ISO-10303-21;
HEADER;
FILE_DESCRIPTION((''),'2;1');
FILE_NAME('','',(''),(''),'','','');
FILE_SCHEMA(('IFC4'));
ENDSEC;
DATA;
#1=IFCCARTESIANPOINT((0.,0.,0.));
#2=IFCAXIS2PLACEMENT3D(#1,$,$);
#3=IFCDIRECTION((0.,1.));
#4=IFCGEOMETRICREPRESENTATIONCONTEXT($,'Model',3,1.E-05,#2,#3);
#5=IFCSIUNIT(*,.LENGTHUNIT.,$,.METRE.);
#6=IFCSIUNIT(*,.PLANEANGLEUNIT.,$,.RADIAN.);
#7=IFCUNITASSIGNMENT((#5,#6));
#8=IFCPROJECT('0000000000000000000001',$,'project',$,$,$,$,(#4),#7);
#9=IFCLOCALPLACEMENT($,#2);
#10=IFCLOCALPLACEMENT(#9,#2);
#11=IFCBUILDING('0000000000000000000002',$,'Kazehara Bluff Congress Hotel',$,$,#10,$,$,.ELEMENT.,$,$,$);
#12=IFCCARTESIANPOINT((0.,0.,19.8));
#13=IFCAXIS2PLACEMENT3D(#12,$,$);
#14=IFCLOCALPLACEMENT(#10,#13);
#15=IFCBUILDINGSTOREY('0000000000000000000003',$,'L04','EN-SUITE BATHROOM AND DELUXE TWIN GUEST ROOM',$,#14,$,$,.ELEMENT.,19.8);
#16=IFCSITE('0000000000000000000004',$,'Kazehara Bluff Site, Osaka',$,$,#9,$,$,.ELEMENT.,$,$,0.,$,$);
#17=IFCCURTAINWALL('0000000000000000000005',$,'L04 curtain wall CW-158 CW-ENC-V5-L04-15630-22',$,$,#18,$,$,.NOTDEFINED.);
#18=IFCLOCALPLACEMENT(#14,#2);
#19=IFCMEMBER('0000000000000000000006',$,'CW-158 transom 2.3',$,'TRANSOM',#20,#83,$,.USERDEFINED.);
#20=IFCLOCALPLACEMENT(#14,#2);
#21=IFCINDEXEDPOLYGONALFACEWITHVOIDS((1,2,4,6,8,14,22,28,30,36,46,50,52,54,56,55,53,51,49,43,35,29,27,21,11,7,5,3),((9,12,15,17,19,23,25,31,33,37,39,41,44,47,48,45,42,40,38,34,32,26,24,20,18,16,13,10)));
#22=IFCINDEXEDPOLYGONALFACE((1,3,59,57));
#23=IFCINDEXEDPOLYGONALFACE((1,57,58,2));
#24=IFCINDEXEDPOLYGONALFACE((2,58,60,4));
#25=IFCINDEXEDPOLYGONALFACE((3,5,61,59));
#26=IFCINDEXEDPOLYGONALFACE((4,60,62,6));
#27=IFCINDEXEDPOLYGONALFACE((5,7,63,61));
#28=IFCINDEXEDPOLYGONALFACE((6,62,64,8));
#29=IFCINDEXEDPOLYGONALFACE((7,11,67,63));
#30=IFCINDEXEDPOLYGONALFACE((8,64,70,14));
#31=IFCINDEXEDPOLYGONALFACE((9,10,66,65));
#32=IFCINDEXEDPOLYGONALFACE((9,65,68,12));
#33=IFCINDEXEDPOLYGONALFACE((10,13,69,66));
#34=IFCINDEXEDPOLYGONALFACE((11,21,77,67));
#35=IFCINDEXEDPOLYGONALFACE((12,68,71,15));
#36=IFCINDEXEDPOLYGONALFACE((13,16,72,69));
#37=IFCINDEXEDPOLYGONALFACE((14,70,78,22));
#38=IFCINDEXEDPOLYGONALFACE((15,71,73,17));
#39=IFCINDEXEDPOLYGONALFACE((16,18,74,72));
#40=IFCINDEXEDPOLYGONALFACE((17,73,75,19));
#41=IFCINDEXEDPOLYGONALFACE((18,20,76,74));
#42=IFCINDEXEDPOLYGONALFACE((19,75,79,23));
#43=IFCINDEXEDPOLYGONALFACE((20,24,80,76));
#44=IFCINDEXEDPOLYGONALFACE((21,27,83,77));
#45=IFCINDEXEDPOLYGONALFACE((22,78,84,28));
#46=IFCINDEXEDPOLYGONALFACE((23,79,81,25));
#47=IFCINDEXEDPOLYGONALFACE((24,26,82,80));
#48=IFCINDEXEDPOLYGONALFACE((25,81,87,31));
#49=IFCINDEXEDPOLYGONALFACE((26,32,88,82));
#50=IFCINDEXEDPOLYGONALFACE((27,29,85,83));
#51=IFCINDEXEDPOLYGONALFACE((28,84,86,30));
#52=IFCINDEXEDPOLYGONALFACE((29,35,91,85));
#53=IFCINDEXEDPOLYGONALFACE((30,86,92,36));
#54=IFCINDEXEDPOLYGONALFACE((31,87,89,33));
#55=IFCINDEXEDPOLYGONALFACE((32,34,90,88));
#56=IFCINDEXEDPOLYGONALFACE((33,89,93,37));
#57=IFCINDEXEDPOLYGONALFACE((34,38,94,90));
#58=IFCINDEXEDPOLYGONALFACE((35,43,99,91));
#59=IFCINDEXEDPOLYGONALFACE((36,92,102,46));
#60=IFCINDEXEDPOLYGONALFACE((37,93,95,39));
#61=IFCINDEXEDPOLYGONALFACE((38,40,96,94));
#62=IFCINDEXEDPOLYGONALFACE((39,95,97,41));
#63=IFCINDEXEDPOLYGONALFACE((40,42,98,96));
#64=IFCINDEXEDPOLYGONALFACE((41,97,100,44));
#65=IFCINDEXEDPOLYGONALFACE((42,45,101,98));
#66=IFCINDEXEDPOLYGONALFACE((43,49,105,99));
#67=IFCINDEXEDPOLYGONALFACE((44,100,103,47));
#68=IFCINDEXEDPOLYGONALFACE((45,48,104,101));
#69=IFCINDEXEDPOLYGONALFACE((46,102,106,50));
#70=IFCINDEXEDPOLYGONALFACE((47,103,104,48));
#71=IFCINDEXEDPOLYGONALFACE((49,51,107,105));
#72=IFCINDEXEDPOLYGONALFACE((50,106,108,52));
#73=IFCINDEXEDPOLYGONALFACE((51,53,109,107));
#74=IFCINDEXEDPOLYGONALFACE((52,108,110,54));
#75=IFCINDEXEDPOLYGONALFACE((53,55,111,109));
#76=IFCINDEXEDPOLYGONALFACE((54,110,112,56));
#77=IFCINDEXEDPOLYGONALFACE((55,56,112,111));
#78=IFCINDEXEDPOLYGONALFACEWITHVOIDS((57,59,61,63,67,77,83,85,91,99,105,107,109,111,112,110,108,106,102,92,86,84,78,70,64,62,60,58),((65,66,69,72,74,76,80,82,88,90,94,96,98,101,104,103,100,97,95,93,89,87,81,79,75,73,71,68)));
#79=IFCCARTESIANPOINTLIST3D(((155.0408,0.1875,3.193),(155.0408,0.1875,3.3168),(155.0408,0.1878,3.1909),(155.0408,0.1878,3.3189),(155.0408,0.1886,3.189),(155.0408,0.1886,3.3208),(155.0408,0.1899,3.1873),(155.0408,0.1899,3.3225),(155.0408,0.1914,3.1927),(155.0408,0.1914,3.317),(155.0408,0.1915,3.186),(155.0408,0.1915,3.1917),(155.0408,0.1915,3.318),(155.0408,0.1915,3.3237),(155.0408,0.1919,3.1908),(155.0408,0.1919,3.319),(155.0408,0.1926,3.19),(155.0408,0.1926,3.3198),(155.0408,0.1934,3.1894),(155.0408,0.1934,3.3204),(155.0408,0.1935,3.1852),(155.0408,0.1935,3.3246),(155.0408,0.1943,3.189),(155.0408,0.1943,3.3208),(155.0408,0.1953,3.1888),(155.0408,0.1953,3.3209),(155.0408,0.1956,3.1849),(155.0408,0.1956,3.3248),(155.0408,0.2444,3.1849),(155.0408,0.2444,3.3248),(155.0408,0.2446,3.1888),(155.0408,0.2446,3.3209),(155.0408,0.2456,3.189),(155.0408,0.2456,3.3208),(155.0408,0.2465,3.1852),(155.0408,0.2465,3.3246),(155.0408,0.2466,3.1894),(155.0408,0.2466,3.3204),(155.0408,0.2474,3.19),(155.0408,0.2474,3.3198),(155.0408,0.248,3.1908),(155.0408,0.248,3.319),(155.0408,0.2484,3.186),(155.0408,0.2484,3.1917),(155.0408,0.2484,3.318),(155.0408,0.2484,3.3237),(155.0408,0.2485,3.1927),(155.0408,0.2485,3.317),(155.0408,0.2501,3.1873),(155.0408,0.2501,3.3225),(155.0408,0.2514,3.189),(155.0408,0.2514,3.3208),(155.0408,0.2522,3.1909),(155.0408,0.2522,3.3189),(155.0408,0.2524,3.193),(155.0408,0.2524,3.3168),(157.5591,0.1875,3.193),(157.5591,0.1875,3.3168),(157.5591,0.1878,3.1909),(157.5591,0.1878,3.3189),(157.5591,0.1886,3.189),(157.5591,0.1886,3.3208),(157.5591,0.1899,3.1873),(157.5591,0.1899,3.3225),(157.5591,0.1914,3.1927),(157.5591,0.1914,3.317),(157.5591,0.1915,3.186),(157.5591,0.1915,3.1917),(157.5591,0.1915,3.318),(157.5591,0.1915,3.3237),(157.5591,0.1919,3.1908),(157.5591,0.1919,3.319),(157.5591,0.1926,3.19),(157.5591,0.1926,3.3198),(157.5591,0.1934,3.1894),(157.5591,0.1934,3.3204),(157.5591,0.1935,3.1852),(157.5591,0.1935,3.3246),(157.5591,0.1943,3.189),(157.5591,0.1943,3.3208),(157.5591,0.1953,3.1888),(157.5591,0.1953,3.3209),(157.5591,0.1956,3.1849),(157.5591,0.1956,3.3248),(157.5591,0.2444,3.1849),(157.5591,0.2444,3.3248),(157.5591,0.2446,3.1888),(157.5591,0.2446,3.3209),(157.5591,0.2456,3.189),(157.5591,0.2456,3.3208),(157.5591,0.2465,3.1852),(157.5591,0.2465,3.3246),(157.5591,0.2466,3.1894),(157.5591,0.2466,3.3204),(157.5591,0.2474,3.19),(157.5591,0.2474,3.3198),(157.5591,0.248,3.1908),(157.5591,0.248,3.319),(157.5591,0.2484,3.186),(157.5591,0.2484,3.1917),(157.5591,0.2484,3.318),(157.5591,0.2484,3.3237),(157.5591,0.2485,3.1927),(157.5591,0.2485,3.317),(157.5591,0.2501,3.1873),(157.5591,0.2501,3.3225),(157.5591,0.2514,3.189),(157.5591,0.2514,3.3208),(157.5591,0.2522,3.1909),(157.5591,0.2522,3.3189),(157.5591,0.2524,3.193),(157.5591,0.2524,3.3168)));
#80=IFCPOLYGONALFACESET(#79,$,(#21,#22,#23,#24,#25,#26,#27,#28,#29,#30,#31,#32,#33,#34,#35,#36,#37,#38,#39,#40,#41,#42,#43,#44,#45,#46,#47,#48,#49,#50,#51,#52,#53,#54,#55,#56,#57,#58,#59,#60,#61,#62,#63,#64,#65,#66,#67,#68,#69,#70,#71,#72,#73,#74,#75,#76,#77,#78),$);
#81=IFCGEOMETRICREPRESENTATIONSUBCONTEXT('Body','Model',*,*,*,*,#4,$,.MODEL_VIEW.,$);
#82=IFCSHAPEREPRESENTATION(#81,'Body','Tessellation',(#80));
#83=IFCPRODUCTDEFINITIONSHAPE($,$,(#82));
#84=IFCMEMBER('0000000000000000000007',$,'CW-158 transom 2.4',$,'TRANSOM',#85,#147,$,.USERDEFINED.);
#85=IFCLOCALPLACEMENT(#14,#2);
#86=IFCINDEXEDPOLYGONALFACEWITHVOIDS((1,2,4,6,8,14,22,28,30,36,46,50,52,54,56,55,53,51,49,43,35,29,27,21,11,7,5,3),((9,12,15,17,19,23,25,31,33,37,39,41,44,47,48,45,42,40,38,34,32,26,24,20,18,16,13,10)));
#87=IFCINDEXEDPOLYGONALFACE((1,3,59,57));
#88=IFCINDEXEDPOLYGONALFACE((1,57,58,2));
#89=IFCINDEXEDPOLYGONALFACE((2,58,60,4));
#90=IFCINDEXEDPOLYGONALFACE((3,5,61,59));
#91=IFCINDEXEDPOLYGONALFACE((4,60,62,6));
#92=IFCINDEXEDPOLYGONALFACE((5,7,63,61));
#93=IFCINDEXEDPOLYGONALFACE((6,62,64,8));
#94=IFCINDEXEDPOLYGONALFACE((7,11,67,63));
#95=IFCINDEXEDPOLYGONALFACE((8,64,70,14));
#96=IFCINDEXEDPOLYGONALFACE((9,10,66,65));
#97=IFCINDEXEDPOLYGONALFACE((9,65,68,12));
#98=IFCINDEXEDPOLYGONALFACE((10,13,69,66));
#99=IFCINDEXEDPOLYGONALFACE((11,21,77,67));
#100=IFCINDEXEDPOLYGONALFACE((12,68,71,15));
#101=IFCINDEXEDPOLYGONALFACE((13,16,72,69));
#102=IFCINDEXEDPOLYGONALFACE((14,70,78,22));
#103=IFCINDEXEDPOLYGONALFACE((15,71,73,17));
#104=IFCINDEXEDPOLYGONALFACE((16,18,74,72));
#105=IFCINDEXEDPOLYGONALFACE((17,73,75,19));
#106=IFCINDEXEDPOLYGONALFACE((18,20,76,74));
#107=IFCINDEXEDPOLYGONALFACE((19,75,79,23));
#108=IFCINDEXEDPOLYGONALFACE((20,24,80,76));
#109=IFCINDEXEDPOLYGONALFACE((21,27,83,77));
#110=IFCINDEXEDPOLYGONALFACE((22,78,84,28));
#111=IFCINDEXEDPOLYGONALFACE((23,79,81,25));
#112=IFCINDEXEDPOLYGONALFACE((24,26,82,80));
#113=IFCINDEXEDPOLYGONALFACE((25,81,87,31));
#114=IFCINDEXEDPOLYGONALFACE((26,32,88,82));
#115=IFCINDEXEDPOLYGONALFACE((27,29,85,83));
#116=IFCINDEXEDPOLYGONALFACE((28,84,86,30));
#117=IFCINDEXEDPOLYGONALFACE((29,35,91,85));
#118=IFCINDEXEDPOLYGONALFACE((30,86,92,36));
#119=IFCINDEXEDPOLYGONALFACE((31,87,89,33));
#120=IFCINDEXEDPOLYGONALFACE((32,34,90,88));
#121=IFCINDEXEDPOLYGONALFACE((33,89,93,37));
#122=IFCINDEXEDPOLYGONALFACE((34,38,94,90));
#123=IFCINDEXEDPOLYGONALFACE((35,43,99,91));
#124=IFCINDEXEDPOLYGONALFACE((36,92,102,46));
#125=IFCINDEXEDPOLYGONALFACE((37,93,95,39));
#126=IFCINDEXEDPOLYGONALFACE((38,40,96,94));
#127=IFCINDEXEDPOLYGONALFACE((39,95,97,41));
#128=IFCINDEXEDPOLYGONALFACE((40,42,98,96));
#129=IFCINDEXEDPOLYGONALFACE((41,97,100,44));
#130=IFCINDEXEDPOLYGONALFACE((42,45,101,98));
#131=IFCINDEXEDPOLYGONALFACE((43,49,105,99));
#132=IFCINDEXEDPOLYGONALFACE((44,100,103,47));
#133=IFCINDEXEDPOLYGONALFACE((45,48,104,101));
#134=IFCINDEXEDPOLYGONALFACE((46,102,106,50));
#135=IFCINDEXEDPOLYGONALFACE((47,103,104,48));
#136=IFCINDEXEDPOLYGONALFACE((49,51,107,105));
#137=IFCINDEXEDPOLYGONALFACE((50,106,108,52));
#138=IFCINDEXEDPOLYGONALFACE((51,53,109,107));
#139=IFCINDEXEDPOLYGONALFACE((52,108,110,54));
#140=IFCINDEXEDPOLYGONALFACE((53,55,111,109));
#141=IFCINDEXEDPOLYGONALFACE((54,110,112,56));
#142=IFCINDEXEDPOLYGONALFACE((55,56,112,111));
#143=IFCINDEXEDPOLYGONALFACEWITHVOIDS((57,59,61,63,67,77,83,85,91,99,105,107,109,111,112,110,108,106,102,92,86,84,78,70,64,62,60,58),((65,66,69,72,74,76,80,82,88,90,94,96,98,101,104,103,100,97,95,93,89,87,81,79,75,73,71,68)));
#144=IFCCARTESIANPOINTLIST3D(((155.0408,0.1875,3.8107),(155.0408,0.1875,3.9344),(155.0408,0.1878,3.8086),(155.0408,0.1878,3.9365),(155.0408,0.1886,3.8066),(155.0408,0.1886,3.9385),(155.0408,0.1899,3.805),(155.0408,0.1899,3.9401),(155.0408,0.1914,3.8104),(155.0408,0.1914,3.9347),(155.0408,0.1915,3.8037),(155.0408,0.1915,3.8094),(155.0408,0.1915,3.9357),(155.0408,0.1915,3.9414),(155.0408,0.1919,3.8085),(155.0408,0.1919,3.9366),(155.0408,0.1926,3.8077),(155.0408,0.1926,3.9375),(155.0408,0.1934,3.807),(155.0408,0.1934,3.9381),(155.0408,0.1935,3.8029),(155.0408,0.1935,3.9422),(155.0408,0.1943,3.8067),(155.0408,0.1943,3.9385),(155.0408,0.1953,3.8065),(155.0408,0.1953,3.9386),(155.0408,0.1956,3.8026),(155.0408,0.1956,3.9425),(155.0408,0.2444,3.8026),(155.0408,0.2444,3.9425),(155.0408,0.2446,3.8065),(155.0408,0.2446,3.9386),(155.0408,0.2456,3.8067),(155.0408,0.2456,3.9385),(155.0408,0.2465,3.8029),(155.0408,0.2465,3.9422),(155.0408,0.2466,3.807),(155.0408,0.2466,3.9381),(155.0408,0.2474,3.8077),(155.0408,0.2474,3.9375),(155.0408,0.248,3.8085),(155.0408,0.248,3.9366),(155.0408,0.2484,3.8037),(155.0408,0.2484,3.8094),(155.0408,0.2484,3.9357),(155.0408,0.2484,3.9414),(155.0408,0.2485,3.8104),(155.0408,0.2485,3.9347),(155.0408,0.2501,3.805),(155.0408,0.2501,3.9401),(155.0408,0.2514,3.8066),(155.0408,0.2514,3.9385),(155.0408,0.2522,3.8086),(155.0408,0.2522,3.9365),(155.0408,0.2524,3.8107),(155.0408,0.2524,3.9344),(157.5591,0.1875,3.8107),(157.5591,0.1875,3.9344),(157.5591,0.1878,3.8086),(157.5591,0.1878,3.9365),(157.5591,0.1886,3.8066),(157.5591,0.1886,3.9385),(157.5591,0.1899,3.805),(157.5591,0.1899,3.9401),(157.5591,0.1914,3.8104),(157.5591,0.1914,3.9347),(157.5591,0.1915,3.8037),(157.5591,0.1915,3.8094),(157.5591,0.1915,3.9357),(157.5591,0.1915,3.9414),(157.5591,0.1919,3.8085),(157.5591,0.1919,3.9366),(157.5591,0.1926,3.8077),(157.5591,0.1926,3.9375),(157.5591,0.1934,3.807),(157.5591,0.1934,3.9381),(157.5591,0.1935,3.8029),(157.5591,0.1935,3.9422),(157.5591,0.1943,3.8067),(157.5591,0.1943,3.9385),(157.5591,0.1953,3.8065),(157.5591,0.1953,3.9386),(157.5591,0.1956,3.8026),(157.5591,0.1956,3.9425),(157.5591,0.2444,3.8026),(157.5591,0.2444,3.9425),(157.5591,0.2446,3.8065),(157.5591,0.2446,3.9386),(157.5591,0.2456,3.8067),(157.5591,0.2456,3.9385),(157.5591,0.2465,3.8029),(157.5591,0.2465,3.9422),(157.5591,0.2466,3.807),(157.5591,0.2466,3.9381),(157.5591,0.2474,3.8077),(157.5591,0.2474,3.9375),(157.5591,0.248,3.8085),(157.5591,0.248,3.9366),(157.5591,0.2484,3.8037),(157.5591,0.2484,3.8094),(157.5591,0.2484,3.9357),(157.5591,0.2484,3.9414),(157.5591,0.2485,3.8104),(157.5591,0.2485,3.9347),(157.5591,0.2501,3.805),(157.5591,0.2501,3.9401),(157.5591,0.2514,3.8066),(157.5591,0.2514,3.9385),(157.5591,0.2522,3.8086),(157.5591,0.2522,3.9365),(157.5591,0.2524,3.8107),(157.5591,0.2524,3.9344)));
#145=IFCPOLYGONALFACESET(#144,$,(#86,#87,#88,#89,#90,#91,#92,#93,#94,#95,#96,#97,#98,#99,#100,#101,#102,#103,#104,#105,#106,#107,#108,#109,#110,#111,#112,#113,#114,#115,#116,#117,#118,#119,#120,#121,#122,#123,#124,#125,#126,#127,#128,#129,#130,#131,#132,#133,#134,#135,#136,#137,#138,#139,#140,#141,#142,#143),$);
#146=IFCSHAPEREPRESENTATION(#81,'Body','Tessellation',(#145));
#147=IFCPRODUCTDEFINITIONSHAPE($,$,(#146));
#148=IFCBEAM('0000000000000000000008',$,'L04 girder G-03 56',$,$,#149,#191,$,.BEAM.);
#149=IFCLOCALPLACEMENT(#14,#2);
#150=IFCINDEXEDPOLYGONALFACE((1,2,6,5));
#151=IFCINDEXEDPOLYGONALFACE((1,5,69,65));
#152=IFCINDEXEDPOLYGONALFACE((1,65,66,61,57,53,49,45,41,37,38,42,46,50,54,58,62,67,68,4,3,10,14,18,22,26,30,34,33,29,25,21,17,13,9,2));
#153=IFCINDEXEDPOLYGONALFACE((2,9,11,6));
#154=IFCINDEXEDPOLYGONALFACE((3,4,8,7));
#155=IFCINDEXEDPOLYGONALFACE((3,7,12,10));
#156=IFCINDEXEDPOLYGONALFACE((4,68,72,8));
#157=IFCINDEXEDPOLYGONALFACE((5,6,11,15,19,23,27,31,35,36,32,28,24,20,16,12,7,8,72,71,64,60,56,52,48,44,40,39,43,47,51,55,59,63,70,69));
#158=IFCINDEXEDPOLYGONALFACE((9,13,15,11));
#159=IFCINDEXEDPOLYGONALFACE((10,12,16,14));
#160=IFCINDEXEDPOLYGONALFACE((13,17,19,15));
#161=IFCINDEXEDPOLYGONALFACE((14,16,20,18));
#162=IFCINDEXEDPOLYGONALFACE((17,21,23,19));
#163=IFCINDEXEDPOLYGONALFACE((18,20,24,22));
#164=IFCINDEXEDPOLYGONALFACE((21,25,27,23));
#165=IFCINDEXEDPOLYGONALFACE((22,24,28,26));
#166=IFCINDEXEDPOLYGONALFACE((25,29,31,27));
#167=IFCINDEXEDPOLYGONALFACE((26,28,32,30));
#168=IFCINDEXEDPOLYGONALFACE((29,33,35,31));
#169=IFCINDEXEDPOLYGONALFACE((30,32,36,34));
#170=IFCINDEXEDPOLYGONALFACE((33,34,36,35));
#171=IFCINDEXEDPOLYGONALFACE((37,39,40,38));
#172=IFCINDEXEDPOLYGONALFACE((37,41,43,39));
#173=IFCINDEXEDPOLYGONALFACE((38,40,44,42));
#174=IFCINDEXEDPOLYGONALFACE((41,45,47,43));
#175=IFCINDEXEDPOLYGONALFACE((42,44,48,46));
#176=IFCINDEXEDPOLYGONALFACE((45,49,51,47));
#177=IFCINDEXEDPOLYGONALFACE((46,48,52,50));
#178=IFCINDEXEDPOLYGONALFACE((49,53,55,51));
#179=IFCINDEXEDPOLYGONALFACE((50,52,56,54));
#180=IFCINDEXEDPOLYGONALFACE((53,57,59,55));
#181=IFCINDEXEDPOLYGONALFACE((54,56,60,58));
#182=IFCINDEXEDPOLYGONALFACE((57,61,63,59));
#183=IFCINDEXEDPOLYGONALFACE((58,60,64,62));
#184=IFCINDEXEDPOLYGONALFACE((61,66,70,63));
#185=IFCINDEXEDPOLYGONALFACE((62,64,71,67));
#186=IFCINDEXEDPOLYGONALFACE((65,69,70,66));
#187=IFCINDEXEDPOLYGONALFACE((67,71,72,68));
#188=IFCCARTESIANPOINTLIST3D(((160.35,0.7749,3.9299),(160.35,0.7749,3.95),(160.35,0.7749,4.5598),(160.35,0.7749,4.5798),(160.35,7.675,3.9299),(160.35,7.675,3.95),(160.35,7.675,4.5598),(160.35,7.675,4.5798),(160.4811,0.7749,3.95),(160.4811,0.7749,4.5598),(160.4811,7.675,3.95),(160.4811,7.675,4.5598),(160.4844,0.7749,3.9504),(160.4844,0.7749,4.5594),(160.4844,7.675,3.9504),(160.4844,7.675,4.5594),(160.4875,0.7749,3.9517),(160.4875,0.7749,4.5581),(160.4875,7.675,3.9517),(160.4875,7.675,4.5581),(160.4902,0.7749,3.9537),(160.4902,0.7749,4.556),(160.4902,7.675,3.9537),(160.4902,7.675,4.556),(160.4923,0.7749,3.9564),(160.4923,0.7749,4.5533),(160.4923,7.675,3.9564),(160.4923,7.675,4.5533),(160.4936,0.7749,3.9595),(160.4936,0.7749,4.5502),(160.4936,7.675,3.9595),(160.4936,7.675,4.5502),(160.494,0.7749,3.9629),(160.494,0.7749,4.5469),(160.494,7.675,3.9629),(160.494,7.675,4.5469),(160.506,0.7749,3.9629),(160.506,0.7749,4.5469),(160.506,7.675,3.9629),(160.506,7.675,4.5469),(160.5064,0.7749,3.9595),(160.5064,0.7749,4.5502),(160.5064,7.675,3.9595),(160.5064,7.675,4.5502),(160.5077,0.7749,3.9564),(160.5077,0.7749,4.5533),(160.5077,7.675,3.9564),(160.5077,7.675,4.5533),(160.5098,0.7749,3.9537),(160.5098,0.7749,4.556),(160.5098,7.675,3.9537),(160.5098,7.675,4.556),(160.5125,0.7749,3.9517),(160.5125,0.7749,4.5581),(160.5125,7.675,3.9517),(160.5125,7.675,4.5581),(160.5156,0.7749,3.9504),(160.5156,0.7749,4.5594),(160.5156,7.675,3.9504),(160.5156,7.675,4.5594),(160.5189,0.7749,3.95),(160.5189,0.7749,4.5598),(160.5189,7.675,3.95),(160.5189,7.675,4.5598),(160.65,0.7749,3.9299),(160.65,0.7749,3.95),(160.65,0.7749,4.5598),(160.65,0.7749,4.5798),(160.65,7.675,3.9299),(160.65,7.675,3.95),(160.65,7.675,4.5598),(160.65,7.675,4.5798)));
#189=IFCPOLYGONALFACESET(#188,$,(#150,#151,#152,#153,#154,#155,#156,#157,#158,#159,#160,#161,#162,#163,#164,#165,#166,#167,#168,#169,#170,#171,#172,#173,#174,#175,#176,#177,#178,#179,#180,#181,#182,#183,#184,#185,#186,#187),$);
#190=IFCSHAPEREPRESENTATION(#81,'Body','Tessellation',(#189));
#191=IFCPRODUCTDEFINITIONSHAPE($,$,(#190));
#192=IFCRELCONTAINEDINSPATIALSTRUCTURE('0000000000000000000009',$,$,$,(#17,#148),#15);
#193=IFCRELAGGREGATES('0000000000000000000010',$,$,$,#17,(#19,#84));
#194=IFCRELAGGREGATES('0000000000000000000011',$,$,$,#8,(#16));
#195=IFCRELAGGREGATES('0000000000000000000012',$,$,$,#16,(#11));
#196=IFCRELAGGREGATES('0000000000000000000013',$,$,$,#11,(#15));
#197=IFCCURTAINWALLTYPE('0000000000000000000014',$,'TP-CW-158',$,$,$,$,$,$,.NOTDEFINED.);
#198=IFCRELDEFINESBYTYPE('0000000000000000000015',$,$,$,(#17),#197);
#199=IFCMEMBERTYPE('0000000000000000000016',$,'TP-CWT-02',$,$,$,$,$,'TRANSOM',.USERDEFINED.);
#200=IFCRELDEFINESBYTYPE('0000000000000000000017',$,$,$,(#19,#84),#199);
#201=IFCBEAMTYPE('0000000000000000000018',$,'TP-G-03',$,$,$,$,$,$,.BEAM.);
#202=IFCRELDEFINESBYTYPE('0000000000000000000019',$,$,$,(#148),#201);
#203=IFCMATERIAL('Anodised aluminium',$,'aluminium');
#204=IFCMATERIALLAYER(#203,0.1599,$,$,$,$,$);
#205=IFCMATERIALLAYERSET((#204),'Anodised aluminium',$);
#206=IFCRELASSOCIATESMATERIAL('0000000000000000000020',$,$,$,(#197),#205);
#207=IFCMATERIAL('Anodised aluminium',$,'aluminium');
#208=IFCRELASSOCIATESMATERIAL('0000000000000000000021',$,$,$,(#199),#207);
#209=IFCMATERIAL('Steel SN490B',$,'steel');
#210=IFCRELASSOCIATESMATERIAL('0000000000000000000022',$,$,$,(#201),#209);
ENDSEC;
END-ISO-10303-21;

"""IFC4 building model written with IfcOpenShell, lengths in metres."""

from ifc_helpers import new_model, si_unit, direction, frame, origin, origin_2d, place, context, subcontext, project, spatial, hollow_rectangle, i_section, extrude, material, layer, layer_set, material_profile, profile_set, type_object, element, aggregate, save


model = new_model("IFC4")

# Units and contexts
model_context = context("Model", 3, precision=1e-05, world=origin(), true_north=direction((0.0, 1.0)))
body_context = subcontext(model_context, "Body", "Model", "MODEL_VIEW")
ifc_project = project(units=[si_unit("LENGTHUNIT", "METRE"), si_unit("PLANEANGLEUNIT", "RADIAN")], contexts=[model_context])

# Site, building, storey
site_placement = place(None, origin())
site = spatial("IfcSite", under=ifc_project, at=site_placement, Name="Kazehara Bluff Site, Osaka", CompositionType="ELEMENT", RefElevation=0.0)
building_placement = place(site_placement, origin())
building = spatial("IfcBuilding", under=site, at=building_placement, Name="Kazehara Bluff Congress Hotel", CompositionType="ELEMENT")
storey_placement = place(building_placement, frame((0.0, 0.0, 19.8)))
storey = spatial("IfcBuildingStorey", under=building, at=storey_placement, Name="L04", Description="EN-SUITE BATHROOM AND DELUXE TWIN GUEST ROOM", CompositionType="ELEMENT", Elevation=19.8)

# Curtain wall
ifc_material_1 = material(Name="Anodised aluminium", Category="aluminium")
ifc_layer_1 = layer(ifc_material_1, 0.1599)
ifc_layer_set_1 = layer_set([ifc_layer_1], Name="Anodised aluminium")
curtain_wall_type_1 = type_object("IfcCurtainWallType", Name="TP-CW-158", PredefinedType="NOTDEFINED", material=ifc_layer_set_1)
curtain_wall_1_placement = place(storey_placement, origin())
curtain_wall_1 = element("IfcCurtainWall", 1, at=curtain_wall_1_placement, inside=storey, type_object=curtain_wall_type_1, Name="L04 curtain wall CW-158 CW-ENC-V5-L04-15630-22", PredefinedType="NOTDEFINED")

# Members
ifc_material_2 = material(Name="Anodised aluminium", Category="aluminium")
ifc_material_profile_1 = material_profile(ifc_material_2, hollow_rectangle(XDim=0.0649, YDim=0.1399, WallThickness=0.0039, InnerFilletRadius=0.0039, OuterFilletRadius=0.0081, at=origin_2d()))
ifc_profile_set_1 = profile_set([ifc_material_profile_1], Name="Anodised aluminium")
member_type_1 = type_object("IfcMemberType", Name="TP-CWT-02", ElementType="TRANSOM", PredefinedType="USERDEFINED", material=ifc_profile_set_1)
member_1_placement = place(storey_placement, frame((157.5591, 0.22, 3.2549), z_axis=(-1.0, 0.0, 0.0), x_axis=(0.0, -1.0, 0.0)))
member_1 = element("IfcMember", 2, at=member_1_placement, type_object=member_type_1, Name="CW-158 transom 2.3", ObjectType="TRANSOM", PredefinedType="USERDEFINED", context=body_context, shape_type="SweptSolid", body=[
    extrude(hollow_rectangle(XDim=0.0649, YDim=0.1399, WallThickness=0.0039, InnerFilletRadius=0.0039, OuterFilletRadius=0.0081, at=origin_2d()), origin(), (0.0, 0.0, 1.0), 2.5183),
])
member_2_placement = place(storey_placement, frame((157.5591, 0.22, 3.8726), z_axis=(-1.0, 0.0, 0.0), x_axis=(0.0, -1.0, 0.0)))
member_2 = element("IfcMember", 3, at=member_2_placement, type_object=member_type_1, Name="CW-158 transom 2.4", ObjectType="TRANSOM", PredefinedType="USERDEFINED", context=body_context, shape_type="SweptSolid", body=[
    extrude(hollow_rectangle(XDim=0.0649, YDim=0.1399, WallThickness=0.0039, InnerFilletRadius=0.0039, OuterFilletRadius=0.0081, at=origin_2d()), origin(), (0.0, 0.0, 1.0), 2.5183),
])

# Beam
ifc_material_3 = material(Name="Steel SN490B", Category="steel")
ifc_material_profile_2 = material_profile(ifc_material_3, i_section(OverallWidth=0.3, OverallDepth=0.6499, WebThickness=0.012, FlangeThickness=0.02, FilletRadius=0.0129, at=origin_2d()))
ifc_profile_set_2 = profile_set([ifc_material_profile_2], Name="Steel SN490B")
beam_type = type_object("IfcBeamType", Name="TP-G-03", PredefinedType="BEAM", material=ifc_profile_set_2)
for number, where, z_axis, x_axis, name in (
    (4, (160.5, 0.7749, 4.2549), (0.0, 1.0, 0.0), (-1.0, 0.0, 0.0), "L04 girder G-03 56"),
):
    element("IfcBeam", number, at=place(storey_placement, frame(where, z_axis=z_axis, x_axis=x_axis)), inside=storey, type_object=beam_type, Name=name, PredefinedType="BEAM", context=body_context, shape_type="SweptSolid", body=[
        extrude(i_section(OverallWidth=0.3, OverallDepth=0.6499, WebThickness=0.012, FlangeThickness=0.02, FilletRadius=0.0129, at=origin_2d()), origin(), (0.0, 0.0, 1.0), 6.9001),
    ])

aggregate(curtain_wall_1, [member_1, member_2])

save(model, "model.ifc")
